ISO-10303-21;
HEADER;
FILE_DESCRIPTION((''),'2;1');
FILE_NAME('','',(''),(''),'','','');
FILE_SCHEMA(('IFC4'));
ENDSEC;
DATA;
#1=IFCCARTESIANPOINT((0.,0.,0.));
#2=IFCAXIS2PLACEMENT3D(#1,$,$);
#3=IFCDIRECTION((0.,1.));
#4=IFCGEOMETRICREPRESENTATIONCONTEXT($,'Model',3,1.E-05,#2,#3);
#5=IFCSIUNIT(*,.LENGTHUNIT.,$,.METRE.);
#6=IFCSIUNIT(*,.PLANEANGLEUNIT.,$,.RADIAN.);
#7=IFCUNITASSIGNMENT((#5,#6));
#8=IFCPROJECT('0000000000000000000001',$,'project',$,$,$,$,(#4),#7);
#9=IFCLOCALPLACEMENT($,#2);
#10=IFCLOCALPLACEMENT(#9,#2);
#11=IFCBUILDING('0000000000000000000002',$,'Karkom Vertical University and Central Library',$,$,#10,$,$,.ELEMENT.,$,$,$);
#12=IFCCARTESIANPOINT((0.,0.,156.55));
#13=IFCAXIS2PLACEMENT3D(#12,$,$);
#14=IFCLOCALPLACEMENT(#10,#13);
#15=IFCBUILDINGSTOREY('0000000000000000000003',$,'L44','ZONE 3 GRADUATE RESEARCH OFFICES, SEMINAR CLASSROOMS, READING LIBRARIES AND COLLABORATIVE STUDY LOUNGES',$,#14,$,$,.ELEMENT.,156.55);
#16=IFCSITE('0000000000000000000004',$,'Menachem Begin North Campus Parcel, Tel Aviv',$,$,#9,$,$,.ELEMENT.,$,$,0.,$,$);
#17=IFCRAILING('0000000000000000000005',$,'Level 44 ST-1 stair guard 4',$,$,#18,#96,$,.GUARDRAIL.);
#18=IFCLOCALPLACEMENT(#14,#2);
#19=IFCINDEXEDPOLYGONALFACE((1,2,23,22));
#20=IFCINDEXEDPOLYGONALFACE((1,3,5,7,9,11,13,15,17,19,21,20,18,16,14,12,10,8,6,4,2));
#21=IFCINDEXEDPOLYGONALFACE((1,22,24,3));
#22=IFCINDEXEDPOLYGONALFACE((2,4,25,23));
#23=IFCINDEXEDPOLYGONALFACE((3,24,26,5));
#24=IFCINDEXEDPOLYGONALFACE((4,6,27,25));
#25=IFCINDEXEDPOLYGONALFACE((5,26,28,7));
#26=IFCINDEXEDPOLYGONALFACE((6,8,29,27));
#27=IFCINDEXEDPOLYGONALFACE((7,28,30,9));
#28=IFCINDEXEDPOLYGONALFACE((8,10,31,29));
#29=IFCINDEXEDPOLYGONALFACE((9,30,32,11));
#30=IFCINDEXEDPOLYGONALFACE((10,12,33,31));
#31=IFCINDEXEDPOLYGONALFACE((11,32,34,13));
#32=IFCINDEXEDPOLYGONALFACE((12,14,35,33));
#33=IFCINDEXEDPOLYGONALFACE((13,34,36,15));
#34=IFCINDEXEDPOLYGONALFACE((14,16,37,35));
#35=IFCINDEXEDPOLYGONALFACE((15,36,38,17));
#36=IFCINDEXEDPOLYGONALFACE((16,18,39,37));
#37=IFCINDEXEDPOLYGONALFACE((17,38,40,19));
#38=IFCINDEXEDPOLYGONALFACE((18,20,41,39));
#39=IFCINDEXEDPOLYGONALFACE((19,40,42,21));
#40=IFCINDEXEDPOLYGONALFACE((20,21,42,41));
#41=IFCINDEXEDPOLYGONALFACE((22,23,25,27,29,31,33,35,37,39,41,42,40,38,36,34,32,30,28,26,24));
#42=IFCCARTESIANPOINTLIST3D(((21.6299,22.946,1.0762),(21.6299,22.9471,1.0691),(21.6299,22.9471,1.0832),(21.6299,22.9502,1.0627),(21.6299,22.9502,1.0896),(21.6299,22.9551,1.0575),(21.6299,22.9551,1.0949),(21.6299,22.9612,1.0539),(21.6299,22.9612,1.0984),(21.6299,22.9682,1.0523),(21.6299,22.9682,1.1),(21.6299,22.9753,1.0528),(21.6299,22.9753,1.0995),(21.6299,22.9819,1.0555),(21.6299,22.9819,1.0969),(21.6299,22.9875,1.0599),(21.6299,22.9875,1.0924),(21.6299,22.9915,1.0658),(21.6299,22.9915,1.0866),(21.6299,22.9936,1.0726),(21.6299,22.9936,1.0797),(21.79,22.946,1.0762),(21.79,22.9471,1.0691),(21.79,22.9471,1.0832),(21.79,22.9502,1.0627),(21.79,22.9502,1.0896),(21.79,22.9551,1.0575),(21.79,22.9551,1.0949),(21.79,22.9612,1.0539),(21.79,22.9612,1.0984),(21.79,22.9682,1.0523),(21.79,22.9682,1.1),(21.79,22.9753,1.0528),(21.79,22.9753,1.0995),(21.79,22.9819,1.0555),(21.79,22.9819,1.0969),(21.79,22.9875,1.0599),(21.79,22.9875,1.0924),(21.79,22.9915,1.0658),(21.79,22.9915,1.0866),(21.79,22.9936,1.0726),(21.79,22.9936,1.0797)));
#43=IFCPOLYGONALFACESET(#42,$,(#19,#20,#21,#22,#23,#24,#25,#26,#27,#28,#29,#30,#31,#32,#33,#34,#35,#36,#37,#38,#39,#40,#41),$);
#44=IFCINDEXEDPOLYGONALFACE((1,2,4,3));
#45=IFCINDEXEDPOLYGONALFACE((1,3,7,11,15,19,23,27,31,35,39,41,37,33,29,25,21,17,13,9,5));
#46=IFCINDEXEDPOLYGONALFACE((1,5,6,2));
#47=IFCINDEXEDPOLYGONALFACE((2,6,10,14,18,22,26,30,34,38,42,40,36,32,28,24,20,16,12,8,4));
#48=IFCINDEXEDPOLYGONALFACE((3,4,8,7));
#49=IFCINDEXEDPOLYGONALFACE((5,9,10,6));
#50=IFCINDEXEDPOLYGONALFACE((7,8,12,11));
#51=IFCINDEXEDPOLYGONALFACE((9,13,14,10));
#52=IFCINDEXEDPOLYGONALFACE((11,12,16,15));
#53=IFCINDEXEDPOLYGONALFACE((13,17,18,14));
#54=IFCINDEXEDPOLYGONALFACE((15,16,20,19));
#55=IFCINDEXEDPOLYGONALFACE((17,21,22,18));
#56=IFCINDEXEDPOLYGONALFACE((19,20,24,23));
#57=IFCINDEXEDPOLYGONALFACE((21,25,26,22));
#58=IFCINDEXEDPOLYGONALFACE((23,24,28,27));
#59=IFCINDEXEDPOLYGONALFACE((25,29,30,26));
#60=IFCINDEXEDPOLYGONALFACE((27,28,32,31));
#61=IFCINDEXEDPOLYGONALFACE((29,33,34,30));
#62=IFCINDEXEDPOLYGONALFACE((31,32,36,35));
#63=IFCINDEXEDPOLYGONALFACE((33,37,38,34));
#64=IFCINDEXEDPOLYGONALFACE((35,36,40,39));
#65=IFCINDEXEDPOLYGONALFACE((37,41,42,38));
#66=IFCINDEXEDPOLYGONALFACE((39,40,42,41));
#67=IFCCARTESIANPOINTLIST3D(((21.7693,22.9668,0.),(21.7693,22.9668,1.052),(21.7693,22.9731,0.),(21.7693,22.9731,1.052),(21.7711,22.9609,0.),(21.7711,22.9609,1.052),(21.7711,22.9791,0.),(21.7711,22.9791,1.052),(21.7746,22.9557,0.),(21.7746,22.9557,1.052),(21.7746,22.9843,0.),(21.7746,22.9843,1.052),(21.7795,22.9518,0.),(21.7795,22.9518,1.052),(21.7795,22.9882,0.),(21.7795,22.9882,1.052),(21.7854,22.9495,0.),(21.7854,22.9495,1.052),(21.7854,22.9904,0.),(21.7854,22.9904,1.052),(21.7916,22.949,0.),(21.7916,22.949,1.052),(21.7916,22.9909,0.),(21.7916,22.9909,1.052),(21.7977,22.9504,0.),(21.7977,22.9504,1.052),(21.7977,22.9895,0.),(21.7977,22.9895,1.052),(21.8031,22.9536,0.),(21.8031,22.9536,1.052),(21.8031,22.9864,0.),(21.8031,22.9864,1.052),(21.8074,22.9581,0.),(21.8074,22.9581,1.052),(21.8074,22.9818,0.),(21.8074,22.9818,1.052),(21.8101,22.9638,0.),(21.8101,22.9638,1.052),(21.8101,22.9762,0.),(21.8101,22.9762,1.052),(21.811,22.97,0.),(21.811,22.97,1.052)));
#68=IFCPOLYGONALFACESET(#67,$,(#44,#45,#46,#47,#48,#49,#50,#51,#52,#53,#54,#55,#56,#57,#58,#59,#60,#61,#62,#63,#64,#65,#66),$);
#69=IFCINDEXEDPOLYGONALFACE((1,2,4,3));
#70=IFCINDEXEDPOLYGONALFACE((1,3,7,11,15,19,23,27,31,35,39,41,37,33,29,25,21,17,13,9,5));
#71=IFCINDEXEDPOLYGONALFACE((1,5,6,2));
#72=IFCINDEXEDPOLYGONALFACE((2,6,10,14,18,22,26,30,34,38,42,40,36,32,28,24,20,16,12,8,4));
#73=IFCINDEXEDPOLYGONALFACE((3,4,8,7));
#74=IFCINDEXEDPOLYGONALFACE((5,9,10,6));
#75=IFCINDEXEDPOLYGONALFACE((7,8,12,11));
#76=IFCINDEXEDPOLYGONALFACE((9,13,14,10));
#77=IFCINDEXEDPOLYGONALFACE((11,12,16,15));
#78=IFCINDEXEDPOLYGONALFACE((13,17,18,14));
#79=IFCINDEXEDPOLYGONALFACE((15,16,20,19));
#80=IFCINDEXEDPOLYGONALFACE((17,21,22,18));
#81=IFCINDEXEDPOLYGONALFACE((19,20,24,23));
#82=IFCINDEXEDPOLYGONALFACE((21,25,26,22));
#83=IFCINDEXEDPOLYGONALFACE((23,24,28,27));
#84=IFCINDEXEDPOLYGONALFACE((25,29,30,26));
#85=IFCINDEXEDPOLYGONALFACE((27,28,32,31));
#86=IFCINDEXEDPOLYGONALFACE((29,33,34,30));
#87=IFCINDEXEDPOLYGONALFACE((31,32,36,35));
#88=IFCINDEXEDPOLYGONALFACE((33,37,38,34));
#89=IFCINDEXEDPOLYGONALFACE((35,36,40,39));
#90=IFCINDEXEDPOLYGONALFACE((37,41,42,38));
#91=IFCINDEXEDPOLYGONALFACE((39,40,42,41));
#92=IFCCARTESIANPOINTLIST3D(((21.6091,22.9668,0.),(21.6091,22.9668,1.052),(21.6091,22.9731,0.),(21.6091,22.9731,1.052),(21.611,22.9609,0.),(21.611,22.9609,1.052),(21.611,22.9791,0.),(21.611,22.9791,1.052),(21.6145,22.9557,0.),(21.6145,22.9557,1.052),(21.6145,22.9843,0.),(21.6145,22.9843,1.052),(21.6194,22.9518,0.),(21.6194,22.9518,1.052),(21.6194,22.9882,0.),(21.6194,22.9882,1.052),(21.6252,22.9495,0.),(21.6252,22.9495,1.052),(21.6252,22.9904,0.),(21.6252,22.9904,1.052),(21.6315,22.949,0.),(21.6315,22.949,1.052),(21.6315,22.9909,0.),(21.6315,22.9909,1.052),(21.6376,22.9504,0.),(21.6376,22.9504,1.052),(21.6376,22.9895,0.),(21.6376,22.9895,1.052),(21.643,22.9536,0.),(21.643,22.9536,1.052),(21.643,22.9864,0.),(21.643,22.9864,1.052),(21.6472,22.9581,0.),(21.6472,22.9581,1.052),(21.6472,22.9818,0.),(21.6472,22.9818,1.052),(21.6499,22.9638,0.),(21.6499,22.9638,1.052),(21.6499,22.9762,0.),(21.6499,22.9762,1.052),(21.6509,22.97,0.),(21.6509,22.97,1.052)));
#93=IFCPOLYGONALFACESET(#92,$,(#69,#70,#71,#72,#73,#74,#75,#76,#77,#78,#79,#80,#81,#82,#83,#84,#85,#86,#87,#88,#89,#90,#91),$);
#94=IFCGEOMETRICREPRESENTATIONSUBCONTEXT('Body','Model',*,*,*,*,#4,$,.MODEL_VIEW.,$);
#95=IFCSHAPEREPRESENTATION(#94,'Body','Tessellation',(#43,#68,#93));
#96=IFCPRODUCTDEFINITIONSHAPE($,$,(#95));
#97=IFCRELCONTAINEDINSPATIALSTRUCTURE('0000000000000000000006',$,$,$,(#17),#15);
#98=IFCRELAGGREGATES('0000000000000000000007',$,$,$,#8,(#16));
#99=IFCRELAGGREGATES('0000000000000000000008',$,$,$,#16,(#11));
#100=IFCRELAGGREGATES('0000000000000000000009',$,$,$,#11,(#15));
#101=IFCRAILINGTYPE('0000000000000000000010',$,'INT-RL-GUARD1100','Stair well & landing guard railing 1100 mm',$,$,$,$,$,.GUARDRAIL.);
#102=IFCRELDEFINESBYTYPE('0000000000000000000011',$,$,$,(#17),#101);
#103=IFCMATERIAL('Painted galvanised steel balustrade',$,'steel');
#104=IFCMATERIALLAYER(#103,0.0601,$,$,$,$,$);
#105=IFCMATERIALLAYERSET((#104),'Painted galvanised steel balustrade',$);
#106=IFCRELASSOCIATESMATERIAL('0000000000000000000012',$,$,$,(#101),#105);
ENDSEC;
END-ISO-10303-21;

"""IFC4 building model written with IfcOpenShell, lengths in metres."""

from ifc_helpers import new_model, si_unit, direction, frame, origin, origin_2d, place, context, subcontext, project, spatial, circle, extrude, material, layer, layer_set, type_object, element, save


model = new_model("IFC4")

# Units and contexts
model_context = context("Model", 3, precision=1e-05, world=origin(), true_north=direction((0.0, 1.0)))
body_context = subcontext(model_context, "Body", "Model", "MODEL_VIEW")
ifc_project = project(units=[si_unit("LENGTHUNIT", "METRE"), si_unit("PLANEANGLEUNIT", "RADIAN")], contexts=[model_context])

# Site, building, storey
site_placement = place(None, origin())
site = spatial("IfcSite", under=ifc_project, at=site_placement, Name="Menachem Begin North Campus Parcel, Tel Aviv", CompositionType="ELEMENT", RefElevation=0.0)
building_placement = place(site_placement, origin())
building = spatial("IfcBuilding", under=site, at=building_placement, Name="Karkom Vertical University and Central Library", CompositionType="ELEMENT")
storey_placement = place(building_placement, frame((0.0, 0.0, 156.55)))
storey = spatial("IfcBuildingStorey", under=building, at=storey_placement, Name="L44", Description="ZONE 3 GRADUATE RESEARCH OFFICES, SEMINAR CLASSROOMS, READING LIBRARIES AND COLLABORATIVE STUDY LOUNGES", CompositionType="ELEMENT", Elevation=156.55)

# Railing
ifc_material_1 = material(Name="Painted galvanised steel balustrade", Category="steel")
ifc_layer_1 = layer(ifc_material_1, 0.0601)
ifc_layer_set_1 = layer_set([ifc_layer_1], Name="Painted galvanised steel balustrade")
railing_type_1 = type_object("IfcRailingType", Name="INT-RL-GUARD1100", Description="Stair well & landing guard railing 1100 mm", PredefinedType="GUARDRAIL", material=ifc_layer_set_1)
railing_1_placement = place(storey_placement, frame((21.79, 22.97, 0.0)))
element("IfcRailing", 1, at=railing_1_placement, inside=storey, type_object=railing_type_1, Name="Level 44 ST-1 stair guard 4", PredefinedType="GUARDRAIL", context=body_context, shape_type="SweptSolid", body=[
    extrude(circle(Radius=0.0239, at=origin_2d()), frame((0.0, 0.0, 1.0762), z_axis=(-1.0, 0.0, 0.0), x_axis=(0.0, -1.0, 0.0)), (0.0, 0.0, 1.0), 0.1602),
    extrude(circle(Radius=0.021, at=origin_2d()), origin(), (0.0, 0.0, 1.0), 1.052),
    extrude(circle(Radius=0.021, at=origin_2d()), frame((-0.1602, 0.0, 0.0)), (0.0, 0.0, 1.0), 1.052),
])

save(model, "model.ifc")
